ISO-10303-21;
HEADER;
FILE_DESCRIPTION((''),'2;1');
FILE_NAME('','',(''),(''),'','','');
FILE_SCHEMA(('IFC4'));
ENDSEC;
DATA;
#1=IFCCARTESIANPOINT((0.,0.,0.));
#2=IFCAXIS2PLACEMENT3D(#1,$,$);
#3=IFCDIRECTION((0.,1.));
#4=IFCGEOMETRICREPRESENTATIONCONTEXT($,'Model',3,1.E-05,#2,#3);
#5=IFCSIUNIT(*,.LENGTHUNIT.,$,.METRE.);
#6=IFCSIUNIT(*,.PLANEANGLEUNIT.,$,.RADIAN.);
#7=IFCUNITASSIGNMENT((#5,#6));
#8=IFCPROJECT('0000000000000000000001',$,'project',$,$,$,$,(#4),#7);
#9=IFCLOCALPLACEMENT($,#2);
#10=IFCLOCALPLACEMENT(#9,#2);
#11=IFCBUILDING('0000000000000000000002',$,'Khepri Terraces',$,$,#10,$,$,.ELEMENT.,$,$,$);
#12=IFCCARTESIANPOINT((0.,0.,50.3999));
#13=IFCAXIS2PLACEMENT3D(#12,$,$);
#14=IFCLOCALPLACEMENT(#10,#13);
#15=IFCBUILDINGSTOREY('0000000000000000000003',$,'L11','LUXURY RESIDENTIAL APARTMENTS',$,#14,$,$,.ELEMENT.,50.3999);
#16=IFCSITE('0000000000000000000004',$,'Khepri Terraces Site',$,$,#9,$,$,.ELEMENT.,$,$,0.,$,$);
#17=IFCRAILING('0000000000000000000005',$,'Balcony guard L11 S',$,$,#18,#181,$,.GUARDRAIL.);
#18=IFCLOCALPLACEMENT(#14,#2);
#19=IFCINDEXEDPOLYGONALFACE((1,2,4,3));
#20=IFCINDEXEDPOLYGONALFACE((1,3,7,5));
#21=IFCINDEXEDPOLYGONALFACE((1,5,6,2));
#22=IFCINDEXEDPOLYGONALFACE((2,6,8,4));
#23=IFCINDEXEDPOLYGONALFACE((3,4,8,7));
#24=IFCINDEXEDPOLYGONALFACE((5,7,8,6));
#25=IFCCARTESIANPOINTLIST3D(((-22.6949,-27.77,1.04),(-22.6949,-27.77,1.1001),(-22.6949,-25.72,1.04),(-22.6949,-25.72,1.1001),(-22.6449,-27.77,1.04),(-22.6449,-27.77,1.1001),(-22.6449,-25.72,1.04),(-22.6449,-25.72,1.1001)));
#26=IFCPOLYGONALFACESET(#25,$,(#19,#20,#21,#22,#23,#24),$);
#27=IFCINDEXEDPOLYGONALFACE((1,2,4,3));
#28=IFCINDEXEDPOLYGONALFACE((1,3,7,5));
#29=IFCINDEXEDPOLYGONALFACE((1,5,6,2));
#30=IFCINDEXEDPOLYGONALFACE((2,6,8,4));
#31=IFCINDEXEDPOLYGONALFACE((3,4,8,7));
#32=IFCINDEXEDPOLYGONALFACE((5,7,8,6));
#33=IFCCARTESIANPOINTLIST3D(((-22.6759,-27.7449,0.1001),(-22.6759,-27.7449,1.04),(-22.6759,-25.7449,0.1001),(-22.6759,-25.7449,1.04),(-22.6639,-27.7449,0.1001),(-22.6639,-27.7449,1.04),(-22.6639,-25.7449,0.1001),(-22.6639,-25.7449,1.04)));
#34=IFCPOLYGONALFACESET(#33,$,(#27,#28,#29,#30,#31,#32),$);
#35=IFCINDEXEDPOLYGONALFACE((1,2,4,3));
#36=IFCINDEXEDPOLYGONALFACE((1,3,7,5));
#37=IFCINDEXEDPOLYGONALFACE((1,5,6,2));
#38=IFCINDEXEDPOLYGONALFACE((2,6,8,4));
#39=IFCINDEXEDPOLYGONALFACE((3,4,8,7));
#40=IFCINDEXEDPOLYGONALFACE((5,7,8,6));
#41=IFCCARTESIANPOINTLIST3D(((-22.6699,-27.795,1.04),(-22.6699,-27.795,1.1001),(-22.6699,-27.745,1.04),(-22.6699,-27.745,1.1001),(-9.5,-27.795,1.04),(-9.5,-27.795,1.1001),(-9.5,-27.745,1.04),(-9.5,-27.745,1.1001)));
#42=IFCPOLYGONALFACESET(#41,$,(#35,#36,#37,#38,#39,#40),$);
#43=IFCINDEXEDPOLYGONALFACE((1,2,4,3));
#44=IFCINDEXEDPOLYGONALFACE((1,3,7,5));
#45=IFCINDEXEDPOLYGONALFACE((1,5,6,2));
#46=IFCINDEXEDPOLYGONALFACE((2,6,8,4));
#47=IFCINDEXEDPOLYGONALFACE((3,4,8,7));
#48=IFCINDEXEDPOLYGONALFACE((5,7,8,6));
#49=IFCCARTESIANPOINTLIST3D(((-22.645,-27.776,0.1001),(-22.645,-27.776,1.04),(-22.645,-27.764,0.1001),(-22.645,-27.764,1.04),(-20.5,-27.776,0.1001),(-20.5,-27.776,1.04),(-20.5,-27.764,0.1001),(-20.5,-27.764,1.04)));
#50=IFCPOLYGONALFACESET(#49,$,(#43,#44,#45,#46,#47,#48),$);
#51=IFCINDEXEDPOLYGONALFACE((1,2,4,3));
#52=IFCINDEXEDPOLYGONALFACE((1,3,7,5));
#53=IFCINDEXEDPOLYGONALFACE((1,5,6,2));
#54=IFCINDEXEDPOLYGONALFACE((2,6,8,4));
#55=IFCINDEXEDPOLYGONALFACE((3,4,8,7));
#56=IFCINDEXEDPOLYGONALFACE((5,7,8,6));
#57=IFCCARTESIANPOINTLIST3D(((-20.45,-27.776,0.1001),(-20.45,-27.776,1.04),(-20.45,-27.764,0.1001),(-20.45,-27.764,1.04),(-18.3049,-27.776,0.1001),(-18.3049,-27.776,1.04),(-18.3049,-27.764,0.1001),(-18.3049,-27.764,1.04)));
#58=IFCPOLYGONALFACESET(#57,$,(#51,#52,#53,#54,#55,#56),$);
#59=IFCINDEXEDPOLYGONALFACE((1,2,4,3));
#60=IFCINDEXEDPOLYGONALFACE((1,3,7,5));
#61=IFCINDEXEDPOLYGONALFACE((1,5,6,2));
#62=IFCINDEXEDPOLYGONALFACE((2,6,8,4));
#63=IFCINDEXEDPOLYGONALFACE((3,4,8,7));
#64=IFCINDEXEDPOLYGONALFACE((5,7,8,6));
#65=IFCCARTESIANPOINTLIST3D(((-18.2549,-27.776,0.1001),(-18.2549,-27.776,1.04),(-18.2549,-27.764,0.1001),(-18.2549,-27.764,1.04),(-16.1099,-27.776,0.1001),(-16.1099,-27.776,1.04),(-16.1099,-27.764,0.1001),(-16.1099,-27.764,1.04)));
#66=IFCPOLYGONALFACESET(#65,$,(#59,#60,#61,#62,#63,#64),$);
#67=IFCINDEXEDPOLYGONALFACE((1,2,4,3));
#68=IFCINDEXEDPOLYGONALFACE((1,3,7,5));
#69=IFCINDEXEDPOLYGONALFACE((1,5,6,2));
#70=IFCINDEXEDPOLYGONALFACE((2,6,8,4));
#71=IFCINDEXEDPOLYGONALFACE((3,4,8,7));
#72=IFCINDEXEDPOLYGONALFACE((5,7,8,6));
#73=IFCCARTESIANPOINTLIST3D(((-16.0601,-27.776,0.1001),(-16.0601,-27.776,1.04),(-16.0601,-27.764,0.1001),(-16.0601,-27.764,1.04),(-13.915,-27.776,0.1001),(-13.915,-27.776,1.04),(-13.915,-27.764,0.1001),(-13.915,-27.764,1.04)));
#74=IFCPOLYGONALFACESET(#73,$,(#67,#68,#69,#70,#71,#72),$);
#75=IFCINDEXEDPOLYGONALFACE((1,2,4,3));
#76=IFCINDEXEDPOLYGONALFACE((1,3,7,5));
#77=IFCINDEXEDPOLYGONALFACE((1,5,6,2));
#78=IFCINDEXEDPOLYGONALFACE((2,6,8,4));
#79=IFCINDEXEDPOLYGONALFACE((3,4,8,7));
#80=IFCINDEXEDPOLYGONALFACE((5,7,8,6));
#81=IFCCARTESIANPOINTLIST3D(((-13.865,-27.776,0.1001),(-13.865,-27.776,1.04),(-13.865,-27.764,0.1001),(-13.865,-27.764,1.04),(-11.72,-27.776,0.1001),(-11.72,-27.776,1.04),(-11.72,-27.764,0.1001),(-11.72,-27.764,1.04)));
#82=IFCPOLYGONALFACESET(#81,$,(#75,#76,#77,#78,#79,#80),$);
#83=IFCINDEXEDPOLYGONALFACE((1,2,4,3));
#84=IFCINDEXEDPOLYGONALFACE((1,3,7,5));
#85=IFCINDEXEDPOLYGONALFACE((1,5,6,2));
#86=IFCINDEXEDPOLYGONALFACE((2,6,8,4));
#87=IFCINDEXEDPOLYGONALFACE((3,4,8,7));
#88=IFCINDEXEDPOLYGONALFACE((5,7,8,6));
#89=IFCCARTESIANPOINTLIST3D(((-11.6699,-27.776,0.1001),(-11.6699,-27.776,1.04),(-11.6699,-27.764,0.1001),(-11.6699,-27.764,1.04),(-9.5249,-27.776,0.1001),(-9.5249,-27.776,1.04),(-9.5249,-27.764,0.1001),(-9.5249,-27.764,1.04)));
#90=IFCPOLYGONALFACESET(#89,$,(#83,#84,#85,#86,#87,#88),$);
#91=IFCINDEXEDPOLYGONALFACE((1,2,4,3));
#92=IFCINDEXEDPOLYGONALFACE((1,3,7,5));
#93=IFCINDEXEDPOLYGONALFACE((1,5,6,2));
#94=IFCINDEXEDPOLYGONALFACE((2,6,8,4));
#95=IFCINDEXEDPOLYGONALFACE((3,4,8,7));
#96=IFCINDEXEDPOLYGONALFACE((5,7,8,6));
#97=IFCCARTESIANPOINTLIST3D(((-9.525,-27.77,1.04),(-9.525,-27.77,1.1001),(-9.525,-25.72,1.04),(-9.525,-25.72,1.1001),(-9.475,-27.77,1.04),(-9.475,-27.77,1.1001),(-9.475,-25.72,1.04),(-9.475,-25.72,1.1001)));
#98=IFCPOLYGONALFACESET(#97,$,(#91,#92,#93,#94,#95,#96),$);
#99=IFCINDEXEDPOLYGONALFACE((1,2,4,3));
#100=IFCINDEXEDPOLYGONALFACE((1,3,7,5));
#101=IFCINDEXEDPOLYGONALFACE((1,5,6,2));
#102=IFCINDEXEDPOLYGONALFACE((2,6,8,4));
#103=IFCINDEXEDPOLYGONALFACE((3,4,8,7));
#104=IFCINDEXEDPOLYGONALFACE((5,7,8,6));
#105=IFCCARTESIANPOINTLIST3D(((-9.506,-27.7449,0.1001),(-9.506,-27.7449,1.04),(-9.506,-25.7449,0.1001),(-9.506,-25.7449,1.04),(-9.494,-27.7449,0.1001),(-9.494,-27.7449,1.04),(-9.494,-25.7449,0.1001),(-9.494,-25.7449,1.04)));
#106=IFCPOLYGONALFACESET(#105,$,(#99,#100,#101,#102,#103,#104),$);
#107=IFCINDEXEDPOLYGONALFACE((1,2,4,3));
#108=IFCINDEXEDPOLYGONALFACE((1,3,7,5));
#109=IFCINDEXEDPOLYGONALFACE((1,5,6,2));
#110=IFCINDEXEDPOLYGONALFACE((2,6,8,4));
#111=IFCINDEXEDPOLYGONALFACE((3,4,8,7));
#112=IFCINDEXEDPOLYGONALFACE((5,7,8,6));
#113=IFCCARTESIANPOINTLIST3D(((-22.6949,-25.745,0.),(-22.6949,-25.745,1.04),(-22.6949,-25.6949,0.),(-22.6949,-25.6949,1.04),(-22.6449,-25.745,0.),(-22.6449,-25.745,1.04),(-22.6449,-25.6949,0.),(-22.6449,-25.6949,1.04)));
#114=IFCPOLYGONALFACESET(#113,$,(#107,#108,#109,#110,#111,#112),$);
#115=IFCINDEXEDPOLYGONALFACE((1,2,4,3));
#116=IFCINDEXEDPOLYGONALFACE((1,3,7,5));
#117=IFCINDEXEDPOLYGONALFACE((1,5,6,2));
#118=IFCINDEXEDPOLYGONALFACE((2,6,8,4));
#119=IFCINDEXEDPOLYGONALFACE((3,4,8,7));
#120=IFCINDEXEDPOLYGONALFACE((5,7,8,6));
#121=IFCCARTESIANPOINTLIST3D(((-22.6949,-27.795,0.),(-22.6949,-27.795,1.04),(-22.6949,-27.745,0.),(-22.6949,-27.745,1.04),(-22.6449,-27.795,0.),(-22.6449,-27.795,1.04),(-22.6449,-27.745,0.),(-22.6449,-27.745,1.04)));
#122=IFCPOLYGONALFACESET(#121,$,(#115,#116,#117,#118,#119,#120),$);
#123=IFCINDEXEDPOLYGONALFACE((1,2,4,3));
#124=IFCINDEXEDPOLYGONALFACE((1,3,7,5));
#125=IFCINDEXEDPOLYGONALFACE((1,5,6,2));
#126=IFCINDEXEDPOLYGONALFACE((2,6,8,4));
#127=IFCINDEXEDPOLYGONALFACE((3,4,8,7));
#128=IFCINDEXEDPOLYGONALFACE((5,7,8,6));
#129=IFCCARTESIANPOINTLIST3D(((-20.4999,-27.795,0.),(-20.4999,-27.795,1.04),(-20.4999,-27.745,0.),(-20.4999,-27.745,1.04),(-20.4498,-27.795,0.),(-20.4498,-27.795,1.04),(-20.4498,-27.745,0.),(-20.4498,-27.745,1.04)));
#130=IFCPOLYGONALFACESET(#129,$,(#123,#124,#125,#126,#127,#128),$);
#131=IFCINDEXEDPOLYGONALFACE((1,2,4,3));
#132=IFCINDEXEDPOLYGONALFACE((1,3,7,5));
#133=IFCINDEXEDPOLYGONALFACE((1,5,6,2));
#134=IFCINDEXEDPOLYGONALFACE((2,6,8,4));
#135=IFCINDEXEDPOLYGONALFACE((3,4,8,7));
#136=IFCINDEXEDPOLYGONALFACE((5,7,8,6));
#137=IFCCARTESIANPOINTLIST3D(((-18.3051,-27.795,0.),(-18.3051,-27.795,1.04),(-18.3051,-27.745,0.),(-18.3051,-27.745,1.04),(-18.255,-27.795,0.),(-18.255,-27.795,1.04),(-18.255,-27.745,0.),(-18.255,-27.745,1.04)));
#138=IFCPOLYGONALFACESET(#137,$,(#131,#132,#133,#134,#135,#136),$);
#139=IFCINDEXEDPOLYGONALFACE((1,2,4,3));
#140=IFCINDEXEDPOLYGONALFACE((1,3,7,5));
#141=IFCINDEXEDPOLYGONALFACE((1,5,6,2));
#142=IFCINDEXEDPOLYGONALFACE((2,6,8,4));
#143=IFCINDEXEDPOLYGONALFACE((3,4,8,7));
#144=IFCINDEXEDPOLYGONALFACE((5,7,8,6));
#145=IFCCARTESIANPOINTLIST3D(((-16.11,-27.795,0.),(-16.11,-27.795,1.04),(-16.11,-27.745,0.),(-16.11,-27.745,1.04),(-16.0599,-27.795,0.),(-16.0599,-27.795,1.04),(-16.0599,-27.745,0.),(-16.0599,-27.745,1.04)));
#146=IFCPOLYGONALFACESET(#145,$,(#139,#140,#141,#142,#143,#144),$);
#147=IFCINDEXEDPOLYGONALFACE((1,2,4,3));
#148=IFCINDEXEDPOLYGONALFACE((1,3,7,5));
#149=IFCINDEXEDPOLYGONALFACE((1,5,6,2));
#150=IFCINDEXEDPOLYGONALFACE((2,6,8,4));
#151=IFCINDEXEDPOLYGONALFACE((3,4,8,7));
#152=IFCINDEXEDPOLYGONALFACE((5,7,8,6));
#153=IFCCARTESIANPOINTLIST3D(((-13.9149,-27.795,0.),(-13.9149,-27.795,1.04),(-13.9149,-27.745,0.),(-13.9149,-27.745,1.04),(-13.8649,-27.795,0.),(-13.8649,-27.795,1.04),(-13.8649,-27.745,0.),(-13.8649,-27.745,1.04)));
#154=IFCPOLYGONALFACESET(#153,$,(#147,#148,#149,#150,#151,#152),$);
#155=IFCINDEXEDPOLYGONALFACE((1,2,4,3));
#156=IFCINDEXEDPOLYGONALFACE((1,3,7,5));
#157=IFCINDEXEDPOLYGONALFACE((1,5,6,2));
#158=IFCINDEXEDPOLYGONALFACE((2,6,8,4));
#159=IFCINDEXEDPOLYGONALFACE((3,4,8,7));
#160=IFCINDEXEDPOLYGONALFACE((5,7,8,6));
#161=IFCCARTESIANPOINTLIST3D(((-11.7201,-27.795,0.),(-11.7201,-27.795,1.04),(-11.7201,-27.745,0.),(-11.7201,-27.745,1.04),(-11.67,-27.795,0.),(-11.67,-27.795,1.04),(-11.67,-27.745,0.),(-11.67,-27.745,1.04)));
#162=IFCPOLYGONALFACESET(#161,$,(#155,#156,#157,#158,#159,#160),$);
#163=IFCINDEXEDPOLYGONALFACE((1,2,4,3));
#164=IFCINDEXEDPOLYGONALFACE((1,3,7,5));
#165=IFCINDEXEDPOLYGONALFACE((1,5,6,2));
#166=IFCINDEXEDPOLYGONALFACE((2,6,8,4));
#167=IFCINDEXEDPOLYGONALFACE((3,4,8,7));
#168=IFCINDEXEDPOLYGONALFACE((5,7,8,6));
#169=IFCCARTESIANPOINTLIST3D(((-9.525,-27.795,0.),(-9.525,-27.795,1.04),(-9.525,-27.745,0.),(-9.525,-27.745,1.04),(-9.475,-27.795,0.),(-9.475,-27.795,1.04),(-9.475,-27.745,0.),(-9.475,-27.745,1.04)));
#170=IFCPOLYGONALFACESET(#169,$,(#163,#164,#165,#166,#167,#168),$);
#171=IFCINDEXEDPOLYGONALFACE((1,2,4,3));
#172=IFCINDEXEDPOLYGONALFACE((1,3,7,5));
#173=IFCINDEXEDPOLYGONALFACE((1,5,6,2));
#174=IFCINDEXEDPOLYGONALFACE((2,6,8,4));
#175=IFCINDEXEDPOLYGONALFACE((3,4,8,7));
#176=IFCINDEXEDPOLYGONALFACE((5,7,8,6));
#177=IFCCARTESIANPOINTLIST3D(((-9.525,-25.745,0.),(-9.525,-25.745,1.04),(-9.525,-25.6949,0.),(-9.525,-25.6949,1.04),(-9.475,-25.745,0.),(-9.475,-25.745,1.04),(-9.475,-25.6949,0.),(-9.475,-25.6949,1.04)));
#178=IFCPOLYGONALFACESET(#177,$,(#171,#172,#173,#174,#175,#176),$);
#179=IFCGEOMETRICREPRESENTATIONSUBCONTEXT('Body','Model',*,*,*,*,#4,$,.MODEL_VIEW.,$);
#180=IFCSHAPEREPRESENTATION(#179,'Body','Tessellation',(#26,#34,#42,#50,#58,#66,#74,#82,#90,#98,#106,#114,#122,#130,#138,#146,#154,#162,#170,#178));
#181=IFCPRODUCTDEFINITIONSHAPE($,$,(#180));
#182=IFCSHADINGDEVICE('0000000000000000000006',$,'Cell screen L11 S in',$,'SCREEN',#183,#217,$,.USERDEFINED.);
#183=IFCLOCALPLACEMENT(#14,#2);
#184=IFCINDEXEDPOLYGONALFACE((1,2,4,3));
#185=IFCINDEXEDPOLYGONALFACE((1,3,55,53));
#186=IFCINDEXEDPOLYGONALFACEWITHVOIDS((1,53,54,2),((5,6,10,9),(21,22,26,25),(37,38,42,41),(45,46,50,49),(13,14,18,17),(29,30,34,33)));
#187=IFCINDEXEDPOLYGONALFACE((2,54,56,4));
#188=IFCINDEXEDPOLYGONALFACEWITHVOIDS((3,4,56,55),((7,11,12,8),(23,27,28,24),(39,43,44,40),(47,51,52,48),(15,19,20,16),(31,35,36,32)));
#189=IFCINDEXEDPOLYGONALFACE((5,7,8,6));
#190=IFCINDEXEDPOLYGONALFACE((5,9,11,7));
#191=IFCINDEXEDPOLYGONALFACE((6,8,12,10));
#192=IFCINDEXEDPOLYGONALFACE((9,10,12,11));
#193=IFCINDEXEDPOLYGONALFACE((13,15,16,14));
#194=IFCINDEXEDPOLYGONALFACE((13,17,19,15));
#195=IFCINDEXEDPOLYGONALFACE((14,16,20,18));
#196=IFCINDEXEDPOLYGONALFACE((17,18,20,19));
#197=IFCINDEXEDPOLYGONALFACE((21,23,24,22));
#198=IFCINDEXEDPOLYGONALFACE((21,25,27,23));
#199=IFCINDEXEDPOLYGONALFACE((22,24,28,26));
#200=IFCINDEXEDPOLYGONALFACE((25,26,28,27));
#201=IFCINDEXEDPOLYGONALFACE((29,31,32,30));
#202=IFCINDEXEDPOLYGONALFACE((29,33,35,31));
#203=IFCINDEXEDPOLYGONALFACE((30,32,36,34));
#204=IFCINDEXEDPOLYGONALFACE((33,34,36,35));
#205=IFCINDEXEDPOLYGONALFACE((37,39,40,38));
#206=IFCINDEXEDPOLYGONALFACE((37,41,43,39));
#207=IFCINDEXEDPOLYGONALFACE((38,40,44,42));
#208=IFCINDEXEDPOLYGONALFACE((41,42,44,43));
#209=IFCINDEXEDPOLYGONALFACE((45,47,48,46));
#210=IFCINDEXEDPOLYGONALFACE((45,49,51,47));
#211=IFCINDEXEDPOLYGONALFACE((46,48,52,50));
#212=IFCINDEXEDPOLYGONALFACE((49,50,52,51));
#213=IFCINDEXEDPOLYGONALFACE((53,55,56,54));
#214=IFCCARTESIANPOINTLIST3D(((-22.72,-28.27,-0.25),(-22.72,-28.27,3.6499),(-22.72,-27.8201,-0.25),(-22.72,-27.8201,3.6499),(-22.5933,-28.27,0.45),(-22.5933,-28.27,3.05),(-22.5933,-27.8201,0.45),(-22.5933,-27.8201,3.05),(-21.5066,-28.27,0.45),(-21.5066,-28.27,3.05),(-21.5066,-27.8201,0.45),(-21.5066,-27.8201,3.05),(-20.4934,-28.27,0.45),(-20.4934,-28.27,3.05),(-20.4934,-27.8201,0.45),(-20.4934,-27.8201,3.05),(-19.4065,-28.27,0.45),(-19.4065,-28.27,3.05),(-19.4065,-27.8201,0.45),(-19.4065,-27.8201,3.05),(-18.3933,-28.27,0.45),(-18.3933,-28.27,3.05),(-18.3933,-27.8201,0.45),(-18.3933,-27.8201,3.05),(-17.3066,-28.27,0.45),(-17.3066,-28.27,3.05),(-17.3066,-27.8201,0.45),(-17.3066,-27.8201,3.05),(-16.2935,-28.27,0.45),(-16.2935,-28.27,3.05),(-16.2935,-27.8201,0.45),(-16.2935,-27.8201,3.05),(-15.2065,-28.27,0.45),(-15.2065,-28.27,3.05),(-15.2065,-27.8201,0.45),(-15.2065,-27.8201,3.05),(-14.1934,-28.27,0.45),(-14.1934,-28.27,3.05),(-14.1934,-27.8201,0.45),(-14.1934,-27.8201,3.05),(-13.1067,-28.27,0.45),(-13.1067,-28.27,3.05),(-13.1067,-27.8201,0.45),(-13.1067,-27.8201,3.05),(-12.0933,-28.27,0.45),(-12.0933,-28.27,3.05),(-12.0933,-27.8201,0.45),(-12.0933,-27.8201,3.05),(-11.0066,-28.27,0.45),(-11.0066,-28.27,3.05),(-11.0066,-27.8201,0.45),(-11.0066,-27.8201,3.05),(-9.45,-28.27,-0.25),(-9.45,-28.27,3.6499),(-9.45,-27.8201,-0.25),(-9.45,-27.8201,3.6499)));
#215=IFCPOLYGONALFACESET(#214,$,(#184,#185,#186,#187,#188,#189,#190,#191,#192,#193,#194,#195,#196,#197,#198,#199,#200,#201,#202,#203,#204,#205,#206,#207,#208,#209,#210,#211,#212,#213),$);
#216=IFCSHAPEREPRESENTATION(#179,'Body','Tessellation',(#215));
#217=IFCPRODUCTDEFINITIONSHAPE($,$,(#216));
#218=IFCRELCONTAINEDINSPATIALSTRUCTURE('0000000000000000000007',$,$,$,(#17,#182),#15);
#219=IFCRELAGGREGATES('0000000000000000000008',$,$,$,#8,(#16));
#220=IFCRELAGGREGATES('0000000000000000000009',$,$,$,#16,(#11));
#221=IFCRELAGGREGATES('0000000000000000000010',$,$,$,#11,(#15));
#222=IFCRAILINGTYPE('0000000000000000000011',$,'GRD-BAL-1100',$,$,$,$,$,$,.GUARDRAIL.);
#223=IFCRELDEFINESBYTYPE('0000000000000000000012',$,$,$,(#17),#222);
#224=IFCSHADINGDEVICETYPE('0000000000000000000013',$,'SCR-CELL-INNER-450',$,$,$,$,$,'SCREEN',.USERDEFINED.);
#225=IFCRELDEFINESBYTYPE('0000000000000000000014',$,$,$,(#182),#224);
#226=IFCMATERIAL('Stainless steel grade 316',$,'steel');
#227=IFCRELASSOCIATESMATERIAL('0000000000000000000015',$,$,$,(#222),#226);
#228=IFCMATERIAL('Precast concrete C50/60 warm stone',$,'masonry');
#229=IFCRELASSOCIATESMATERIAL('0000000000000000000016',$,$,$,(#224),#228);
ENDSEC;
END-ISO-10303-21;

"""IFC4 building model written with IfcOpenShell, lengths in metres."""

from ifc_helpers import new_model, si_unit, direction, frame, origin, origin_2d, place, context, subcontext, project, spatial, polyline, rectangle, outline, extrude, material, type_object, element, save


model = new_model("IFC4")

# Units and contexts
model_context = context("Model", 3, precision=1e-05, world=origin(), true_north=direction((0.0, 1.0)))
body_context = subcontext(model_context, "Body", "Model", "MODEL_VIEW")
ifc_project = project(units=[si_unit("LENGTHUNIT", "METRE"), si_unit("PLANEANGLEUNIT", "RADIAN")], contexts=[model_context])

# Site, building, storey
site_placement = place(None, origin())
site = spatial("IfcSite", under=ifc_project, at=site_placement, Name="Khepri Terraces Site", CompositionType="ELEMENT", RefElevation=0.0)
building_placement = place(site_placement, origin())
building = spatial("IfcBuilding", under=site, at=building_placement, Name="Khepri Terraces", CompositionType="ELEMENT")
storey_placement = place(building_placement, frame((0.0, 0.0, 50.3999)))
storey = spatial("IfcBuildingStorey", under=building, at=storey_placement, Name="L11", Description="LUXURY RESIDENTIAL APARTMENTS", CompositionType="ELEMENT", Elevation=50.3999)

# Shared definitions
ifc_material_1 = material(Name="Precast concrete C50/60 warm stone", Category="masonry")

# Railing
ifc_material_2 = material(Name="Stainless steel grade 316", Category="steel")
railing_type = type_object("IfcRailingType", Name="GRD-BAL-1100", PredefinedType="GUARDRAIL", material=ifc_material_2)
railing_placement = place(storey_placement, frame((-22.6699, -25.72, 0.0)))
element("IfcRailing", 1, at=railing_placement, inside=storey, type_object=railing_type, Name="Balcony guard L11 S", PredefinedType="GUARDRAIL", context=body_context, shape_type="SweptSolid", body=[
    extrude(rectangle(XDim=0.05, YDim=0.0601, at=origin_2d()), frame((0.0, 0.0, 1.0701), z_axis=(0.0, -1.0, 0.0), x_axis=(1.0, 0.0, 0.0)), (0.0, 0.0, 1.0), 2.05),
    extrude(rectangle(XDim=2.0, YDim=0.012, at=origin_2d()), frame((0.0, -1.0249, 0.1001), z_axis=(0.0, 0.0, 1.0), x_axis=(0.0, -1.0, 0.0)), (0.0, 0.0, 1.0), 0.9399),
    extrude(rectangle(XDim=0.05, YDim=0.0601, at=origin_2d()), frame((0.0, -2.05, 1.0701), z_axis=(1.0, 0.0, 0.0), x_axis=(0.0, 1.0, 0.0)), (0.0, 0.0, 1.0), 13.1699),
    extrude(rectangle(XDim=2.145, YDim=0.012, at=origin_2d()), frame((1.0974, -2.05, 0.1001), z_axis=(0.0, 0.0, 1.0), x_axis=(1.0, 0.0, 0.0)), (0.0, 0.0, 1.0), 0.9399),
    extrude(rectangle(XDim=2.145, YDim=0.012, at=origin_2d()), frame((3.2925, -2.05, 0.1001), z_axis=(0.0, 0.0, 1.0), x_axis=(1.0, 0.0, 0.0)), (0.0, 0.0, 1.0), 0.9399),
    extrude(rectangle(XDim=2.145, YDim=0.012, at=origin_2d()), frame((5.4875, -2.05, 0.1001), z_axis=(0.0, 0.0, 1.0), x_axis=(1.0, 0.0, 0.0)), (0.0, 0.0, 1.0), 0.9399),
    extrude(rectangle(XDim=2.145, YDim=0.012, at=origin_2d()), frame((7.6824, -2.05, 0.1001), z_axis=(0.0, 0.0, 1.0), x_axis=(1.0, 0.0, 0.0)), (0.0, 0.0, 1.0), 0.9399),
    extrude(rectangle(XDim=2.145, YDim=0.012, at=origin_2d()), frame((9.8774, -2.05, 0.1001), z_axis=(0.0, 0.0, 1.0), x_axis=(1.0, 0.0, 0.0)), (0.0, 0.0, 1.0), 0.9399),
    extrude(rectangle(XDim=2.145, YDim=0.012, at=origin_2d()), frame((12.0725, -2.05, 0.1001), z_axis=(0.0, 0.0, 1.0), x_axis=(1.0, 0.0, 0.0)), (0.0, 0.0, 1.0), 0.9399),
    extrude(rectangle(XDim=0.05, YDim=0.0601, at=origin_2d()), frame((13.1699, -2.05, 1.0701), z_axis=(0.0, 1.0, 0.0), x_axis=(-1.0, 0.0, 0.0)), (0.0, 0.0, 1.0), 2.05),
    extrude(rectangle(XDim=2.0, YDim=0.012, at=origin_2d()), frame((13.1699, -1.0249, 0.1001), z_axis=(0.0, 0.0, 1.0), x_axis=(0.0, 1.0, 0.0)), (0.0, 0.0, 1.0), 0.9399),
    extrude(rectangle(XDim=0.05, YDim=0.05, at=origin_2d()), origin(), (0.0, 0.0, 1.0), 1.04),
    extrude(rectangle(XDim=0.05, YDim=0.05, at=origin_2d()), frame((0.0, -2.05, 0.0)), (0.0, 0.0, 1.0), 1.04),
    extrude(rectangle(XDim=0.05, YDim=0.05, at=origin_2d()), frame((2.1951, -2.05, 0.0)), (0.0, 0.0, 1.0), 1.04),
    extrude(rectangle(XDim=0.05, YDim=0.05, at=origin_2d()), frame((4.3899, -2.05, 0.0)), (0.0, 0.0, 1.0), 1.04),
    extrude(rectangle(XDim=0.05, YDim=0.05, at=origin_2d()), frame((6.585, -2.05, 0.0)), (0.0, 0.0, 1.0), 1.04),
    extrude(rectangle(XDim=0.05, YDim=0.05, at=origin_2d()), frame((8.78, -2.05, 0.0)), (0.0, 0.0, 1.0), 1.04),
    extrude(rectangle(XDim=0.05, YDim=0.05, at=origin_2d()), frame((10.9749, -2.05, 0.0)), (0.0, 0.0, 1.0), 1.04),
    extrude(rectangle(XDim=0.05, YDim=0.05, at=origin_2d()), frame((13.1699, -2.05, 0.0)), (0.0, 0.0, 1.0), 1.04),
    extrude(rectangle(XDim=0.05, YDim=0.05, at=origin_2d()), frame((13.1699, 0.0, 0.0)), (0.0, 0.0, 1.0), 1.04),
])

# Shading device
shading_device_type_1 = type_object("IfcShadingDeviceType", Name="SCR-CELL-INNER-450", ElementType="SCREEN", PredefinedType="USERDEFINED", material=ifc_material_1)
shading_device_1_placement = place(storey_placement, frame((-22.72, -27.8201, -0.25), z_axis=(0.0, -1.0, 0.0), x_axis=(1.0, 0.0, 0.0)))
element("IfcShadingDevice", 2, at=shading_device_1_placement, inside=storey, type_object=shading_device_type_1, Name="Cell screen L11 S in", ObjectType="SCREEN", PredefinedType="USERDEFINED", context=body_context, shape_type="SweptSolid", body=[
    extrude(outline(polyline([(0.0, 0.0), (13.27, 0.0), (13.27, 3.8999), (0.0, 3.8999), (0.0, 0.0)]), holes=[polyline([(0.1267, 0.7), (1.2134, 0.7), (1.2134, 3.3), (0.1267, 3.3), (0.1267, 0.7)]), polyline([(2.2266, 0.7), (3.3135, 0.7), (3.3135, 3.3), (2.2266, 3.3), (2.2266, 0.7)]), polyline([(4.3267, 0.7), (5.4133, 0.7), (5.4133, 3.3), (4.3267, 3.3), (4.3267, 0.7)]), polyline([(6.4265, 0.7), (7.5134, 0.7), (7.5134, 3.3), (6.4265, 3.3), (6.4265, 0.7)]), polyline([(8.5266, 0.7), (9.6133, 0.7), (9.6133, 3.3), (8.5266, 3.3), (8.5266, 0.7)]), polyline([(10.6267, 0.7), (11.7134, 0.7), (11.7134, 3.3), (10.6267, 3.3), (10.6267, 0.7)])]), origin(), (0.0, 0.0, 1.0), 0.45),
])

save(model, "model.ifc")
